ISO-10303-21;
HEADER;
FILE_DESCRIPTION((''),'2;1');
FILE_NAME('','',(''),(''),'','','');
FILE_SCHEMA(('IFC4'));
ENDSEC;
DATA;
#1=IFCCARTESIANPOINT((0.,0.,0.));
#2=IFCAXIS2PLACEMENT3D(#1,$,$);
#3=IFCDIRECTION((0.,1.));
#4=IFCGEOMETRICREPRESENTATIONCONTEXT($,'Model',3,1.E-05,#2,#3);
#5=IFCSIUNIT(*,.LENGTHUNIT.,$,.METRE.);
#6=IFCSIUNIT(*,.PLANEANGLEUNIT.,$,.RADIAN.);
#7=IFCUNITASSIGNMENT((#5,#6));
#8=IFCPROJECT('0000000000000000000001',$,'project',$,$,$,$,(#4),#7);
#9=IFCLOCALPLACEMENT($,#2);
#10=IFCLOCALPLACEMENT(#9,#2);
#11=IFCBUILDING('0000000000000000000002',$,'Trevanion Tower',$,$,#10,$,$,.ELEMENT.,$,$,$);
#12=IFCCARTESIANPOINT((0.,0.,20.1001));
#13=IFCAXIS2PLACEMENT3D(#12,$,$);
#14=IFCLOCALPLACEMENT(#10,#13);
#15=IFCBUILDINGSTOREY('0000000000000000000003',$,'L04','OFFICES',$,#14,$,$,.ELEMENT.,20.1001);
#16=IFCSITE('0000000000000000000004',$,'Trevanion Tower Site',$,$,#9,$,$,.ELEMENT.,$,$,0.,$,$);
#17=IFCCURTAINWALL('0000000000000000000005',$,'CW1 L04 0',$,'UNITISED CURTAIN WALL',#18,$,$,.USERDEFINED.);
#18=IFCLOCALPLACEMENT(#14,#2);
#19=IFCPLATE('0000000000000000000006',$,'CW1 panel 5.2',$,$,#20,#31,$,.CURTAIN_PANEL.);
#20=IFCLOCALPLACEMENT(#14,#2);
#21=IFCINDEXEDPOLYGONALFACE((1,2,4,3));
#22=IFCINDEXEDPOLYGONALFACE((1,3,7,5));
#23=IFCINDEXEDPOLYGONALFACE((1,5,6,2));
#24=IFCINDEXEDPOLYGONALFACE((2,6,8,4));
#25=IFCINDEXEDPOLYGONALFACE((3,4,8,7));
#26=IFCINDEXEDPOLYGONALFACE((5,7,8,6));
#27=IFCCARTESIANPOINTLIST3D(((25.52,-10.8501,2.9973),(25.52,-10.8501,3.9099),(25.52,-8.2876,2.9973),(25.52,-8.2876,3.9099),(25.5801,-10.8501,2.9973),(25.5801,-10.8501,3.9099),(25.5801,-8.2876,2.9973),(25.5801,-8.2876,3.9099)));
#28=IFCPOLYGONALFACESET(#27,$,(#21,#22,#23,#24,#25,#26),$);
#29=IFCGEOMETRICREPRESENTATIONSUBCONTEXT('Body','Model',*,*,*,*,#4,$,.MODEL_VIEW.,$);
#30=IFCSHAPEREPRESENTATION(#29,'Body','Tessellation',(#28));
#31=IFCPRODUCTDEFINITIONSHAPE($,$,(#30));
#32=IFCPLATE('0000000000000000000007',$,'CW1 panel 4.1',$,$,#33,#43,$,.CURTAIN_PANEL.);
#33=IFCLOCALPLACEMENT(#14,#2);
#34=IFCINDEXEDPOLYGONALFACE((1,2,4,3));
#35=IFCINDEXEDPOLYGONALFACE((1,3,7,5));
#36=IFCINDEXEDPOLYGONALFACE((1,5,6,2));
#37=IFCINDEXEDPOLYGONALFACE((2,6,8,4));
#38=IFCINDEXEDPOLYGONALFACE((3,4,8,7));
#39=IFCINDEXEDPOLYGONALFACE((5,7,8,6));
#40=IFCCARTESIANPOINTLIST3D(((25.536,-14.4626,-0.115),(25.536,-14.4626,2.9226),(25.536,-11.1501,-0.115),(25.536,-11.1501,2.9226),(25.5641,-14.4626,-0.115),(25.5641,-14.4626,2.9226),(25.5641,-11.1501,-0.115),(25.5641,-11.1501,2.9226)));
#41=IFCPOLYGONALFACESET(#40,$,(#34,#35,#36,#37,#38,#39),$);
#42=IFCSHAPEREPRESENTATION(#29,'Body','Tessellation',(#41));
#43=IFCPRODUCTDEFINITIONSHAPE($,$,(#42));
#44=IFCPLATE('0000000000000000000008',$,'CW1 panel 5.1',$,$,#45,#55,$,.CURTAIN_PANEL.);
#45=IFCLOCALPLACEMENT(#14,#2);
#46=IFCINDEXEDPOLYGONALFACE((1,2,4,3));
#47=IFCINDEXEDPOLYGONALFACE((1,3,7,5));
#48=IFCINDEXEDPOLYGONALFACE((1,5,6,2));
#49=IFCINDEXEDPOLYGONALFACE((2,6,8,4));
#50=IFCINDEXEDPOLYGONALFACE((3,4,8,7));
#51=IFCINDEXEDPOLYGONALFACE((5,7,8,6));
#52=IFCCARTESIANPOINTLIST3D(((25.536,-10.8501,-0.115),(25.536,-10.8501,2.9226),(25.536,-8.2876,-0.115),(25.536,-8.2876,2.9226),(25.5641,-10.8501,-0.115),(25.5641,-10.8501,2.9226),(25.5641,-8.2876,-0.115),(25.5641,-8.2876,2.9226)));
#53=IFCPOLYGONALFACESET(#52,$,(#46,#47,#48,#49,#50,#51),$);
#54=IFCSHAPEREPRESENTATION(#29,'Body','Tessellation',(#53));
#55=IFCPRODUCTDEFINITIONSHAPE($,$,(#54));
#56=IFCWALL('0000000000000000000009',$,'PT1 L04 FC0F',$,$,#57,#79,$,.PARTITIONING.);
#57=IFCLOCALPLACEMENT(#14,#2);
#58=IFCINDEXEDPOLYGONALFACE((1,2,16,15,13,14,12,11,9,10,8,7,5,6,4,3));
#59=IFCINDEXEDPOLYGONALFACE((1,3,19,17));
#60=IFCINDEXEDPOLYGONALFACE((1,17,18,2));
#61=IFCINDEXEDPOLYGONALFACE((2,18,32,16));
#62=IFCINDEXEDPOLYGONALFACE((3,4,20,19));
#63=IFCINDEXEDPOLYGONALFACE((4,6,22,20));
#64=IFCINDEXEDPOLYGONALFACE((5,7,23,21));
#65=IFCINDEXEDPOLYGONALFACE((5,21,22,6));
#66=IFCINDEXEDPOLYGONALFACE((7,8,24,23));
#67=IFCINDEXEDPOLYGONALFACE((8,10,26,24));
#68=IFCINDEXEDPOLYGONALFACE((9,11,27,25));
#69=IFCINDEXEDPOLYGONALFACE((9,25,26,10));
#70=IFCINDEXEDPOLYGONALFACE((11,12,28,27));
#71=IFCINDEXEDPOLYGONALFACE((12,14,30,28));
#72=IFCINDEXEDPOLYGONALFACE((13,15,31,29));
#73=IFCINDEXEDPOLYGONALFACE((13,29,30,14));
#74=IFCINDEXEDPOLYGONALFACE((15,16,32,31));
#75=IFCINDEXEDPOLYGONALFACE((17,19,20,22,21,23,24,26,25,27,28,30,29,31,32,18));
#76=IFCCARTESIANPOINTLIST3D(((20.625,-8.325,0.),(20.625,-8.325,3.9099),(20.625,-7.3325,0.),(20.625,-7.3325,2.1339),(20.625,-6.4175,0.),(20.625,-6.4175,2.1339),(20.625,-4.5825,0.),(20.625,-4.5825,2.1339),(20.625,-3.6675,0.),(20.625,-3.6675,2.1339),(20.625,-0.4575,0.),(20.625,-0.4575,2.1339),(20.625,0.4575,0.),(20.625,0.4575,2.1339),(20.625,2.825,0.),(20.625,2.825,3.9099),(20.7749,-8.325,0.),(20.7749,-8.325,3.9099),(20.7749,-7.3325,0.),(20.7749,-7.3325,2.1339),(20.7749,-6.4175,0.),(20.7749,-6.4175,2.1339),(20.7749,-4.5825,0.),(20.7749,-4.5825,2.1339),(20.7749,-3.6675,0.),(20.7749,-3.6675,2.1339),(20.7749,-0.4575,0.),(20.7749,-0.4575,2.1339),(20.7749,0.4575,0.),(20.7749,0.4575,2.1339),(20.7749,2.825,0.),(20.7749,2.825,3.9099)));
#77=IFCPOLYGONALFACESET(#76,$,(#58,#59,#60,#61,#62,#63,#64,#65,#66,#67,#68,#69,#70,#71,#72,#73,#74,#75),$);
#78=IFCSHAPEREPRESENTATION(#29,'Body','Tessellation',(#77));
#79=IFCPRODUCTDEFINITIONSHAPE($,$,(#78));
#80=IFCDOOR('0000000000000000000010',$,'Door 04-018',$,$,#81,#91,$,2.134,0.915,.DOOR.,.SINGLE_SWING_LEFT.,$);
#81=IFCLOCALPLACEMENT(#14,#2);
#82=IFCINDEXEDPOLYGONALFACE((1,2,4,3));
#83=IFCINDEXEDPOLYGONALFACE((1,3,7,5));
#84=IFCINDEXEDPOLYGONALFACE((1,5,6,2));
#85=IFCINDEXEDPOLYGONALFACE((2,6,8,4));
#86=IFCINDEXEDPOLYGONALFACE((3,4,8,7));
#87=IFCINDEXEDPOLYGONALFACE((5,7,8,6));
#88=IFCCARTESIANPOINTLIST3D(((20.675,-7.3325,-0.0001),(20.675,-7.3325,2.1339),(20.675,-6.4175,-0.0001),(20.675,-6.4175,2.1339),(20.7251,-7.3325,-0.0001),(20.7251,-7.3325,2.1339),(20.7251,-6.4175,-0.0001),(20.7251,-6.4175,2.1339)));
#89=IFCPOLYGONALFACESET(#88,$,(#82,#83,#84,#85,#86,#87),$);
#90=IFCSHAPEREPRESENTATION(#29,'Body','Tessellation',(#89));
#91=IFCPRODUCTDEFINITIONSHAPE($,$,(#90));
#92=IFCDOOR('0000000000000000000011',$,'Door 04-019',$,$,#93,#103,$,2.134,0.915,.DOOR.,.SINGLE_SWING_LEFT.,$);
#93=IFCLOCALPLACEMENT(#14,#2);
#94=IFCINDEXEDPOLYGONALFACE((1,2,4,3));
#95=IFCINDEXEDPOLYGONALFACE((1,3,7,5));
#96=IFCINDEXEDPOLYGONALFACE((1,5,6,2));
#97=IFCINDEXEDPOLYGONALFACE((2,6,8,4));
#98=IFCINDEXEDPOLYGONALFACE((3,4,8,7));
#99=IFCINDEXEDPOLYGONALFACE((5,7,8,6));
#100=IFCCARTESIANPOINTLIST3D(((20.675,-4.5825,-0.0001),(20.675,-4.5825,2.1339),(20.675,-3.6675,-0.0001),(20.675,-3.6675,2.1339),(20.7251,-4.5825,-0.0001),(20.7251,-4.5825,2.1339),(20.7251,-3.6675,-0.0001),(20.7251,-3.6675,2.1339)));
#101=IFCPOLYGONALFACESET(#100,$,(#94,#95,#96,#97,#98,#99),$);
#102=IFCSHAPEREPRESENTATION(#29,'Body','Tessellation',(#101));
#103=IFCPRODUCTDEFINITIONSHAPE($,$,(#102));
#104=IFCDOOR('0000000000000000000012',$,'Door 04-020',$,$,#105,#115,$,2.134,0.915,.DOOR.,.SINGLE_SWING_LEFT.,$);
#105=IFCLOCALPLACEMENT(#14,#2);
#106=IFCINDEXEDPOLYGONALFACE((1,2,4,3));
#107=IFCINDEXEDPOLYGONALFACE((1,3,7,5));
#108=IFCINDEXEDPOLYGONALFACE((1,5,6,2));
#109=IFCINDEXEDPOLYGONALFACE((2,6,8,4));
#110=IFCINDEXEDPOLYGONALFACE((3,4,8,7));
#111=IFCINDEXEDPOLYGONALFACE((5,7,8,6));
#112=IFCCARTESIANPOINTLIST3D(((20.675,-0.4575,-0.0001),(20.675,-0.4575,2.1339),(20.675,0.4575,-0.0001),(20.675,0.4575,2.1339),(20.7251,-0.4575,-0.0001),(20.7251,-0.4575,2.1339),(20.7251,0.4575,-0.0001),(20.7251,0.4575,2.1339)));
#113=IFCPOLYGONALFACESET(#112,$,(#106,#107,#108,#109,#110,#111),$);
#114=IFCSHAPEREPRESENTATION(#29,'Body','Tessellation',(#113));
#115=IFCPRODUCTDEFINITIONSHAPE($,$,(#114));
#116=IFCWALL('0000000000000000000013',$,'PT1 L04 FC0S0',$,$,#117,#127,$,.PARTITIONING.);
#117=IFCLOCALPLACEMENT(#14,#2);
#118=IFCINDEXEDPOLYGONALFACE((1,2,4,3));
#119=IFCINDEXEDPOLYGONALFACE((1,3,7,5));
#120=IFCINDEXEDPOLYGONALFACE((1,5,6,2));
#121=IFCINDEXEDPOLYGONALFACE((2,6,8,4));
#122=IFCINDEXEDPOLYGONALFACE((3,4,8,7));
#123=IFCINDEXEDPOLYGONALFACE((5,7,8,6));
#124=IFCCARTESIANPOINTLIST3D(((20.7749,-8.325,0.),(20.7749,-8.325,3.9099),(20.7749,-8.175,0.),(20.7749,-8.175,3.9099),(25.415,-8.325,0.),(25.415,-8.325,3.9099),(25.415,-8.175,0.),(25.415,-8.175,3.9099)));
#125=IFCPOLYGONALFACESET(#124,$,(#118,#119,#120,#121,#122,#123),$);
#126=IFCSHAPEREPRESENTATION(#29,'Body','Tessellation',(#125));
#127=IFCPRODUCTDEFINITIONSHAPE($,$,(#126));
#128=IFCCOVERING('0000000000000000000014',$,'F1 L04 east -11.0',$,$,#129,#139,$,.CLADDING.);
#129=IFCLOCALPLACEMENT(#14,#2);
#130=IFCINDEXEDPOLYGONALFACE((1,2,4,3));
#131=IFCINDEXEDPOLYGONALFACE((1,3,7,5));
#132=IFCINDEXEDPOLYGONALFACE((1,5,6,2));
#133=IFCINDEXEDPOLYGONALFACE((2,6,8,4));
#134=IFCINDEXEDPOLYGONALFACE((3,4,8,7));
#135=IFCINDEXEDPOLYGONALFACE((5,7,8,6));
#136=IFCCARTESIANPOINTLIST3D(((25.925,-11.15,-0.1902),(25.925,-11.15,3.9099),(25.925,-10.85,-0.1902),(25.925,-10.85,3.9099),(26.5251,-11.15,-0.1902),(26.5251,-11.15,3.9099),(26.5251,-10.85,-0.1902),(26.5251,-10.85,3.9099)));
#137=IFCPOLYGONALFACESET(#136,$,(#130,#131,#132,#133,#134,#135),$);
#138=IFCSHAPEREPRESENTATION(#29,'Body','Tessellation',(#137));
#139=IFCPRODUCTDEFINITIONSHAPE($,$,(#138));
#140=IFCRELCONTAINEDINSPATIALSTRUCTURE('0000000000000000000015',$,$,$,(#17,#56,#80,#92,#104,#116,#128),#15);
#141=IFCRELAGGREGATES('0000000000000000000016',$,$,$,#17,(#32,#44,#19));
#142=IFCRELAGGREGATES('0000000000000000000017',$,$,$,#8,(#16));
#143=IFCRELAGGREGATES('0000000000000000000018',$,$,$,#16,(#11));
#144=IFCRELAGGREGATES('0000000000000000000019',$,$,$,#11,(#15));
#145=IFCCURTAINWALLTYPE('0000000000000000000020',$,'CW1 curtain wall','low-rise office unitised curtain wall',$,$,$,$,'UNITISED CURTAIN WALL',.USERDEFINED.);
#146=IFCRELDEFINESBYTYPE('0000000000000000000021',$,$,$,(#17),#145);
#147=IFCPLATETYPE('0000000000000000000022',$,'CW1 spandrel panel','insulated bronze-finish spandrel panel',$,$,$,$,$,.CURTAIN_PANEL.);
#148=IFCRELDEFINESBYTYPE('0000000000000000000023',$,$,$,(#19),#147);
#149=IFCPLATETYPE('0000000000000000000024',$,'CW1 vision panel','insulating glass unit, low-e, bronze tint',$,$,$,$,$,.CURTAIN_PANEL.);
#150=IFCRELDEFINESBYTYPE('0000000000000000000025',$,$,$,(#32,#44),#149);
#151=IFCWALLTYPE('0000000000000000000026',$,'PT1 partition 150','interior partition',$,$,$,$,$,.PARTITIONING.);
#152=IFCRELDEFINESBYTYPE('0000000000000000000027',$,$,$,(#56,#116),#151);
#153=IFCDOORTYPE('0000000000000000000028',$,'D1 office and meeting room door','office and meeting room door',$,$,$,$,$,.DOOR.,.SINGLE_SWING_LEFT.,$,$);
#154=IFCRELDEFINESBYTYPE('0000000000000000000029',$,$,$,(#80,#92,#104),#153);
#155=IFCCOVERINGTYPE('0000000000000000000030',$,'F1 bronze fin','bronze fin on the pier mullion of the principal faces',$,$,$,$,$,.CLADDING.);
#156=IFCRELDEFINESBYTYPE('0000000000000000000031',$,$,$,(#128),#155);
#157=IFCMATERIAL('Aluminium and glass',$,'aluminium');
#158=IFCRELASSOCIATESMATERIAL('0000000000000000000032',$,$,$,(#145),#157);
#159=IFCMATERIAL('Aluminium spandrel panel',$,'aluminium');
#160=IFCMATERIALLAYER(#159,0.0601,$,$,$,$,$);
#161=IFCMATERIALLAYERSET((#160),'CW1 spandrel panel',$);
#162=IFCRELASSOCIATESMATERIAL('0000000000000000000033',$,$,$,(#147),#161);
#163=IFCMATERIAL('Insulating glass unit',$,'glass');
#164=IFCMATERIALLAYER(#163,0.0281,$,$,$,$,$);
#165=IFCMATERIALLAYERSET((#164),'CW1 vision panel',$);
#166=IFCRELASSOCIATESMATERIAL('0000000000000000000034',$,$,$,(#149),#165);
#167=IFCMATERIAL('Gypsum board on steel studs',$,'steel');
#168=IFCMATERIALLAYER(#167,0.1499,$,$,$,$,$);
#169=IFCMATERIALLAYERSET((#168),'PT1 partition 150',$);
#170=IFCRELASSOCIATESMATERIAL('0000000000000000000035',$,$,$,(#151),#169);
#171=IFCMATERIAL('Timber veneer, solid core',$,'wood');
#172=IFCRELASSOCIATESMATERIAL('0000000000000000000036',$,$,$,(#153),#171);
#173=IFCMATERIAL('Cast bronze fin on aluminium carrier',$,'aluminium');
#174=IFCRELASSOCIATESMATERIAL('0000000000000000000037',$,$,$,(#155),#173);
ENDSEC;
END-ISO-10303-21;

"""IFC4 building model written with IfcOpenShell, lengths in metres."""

from ifc_helpers import new_model, si_unit, direction, frame, frame_2d, origin, origin_2d, place, context, subcontext, project, spatial, rectangle, extrude, material, layer, layer_set, type_object, element, fill, aggregate, save


model = new_model("IFC4")

# Units and contexts
model_context = context("Model", 3, precision=1e-05, world=origin(), true_north=direction((0.0, 1.0)))
body_context = subcontext(model_context, "Body", "Model", "MODEL_VIEW")
ifc_project = project(units=[si_unit("LENGTHUNIT", "METRE"), si_unit("PLANEANGLEUNIT", "RADIAN")], contexts=[model_context])

# Site, building, storey
site_placement = place(None, origin())
site = spatial("IfcSite", under=ifc_project, at=site_placement, Name="Trevanion Tower Site", CompositionType="ELEMENT", RefElevation=0.0)
building_placement = place(site_placement, origin())
building = spatial("IfcBuilding", under=site, at=building_placement, Name="Trevanion Tower", CompositionType="ELEMENT")
storey_placement = place(building_placement, frame((0.0, 0.0, 20.1001)))
storey = spatial("IfcBuildingStorey", under=building, at=storey_placement, Name="L04", Description="OFFICES", CompositionType="ELEMENT", Elevation=20.1001)

# Curtain wall
ifc_material_1 = material(Name="Aluminium and glass", Category="aluminium")
curtain_wall_type = type_object("IfcCurtainWallType", Name="CW1 curtain wall", Description="low-rise office unitised curtain wall", ElementType="UNITISED CURTAIN WALL", PredefinedType="USERDEFINED", material=ifc_material_1)
curtain_wall_placement = place(storey_placement, origin())
curtain_wall = element("IfcCurtainWall", 1, at=curtain_wall_placement, inside=storey, type_object=curtain_wall_type, Name="CW1 L04 0", ObjectType="UNITISED CURTAIN WALL", PredefinedType="USERDEFINED")

# Plates
ifc_material_2 = material(Name="Aluminium spandrel panel", Category="aluminium")
ifc_layer_1 = layer(ifc_material_2, 0.0601)
ifc_layer_set_1 = layer_set([ifc_layer_1], Name="CW1 spandrel panel")
plate_type_1 = type_object("IfcPlateType", Name="CW1 spandrel panel", Description="insulated bronze-finish spandrel panel", PredefinedType="CURTAIN_PANEL", material=ifc_layer_set_1)
plate_1_placement = place(storey_placement, frame((25.55, -9.5688, 2.9973), z_axis=(0.0, 0.0, 1.0), x_axis=(0.0, 1.0, 0.0)))
plate_1 = element("IfcPlate", 2, at=plate_1_placement, type_object=plate_type_1, Name="CW1 panel 5.2", PredefinedType="CURTAIN_PANEL", context=body_context, shape_type="SweptSolid", body=[
    extrude(rectangle(XDim=2.5625, YDim=0.0601, at=origin_2d()), origin(), (0.0, 0.0, 1.0), 0.9126),
])
ifc_material_3 = material(Name="Insulating glass unit", Category="glass")
ifc_layer_2 = layer(ifc_material_3, 0.0281)
ifc_layer_set_2 = layer_set([ifc_layer_2], Name="CW1 vision panel")
plate_type_2 = type_object("IfcPlateType", Name="CW1 vision panel", Description="insulating glass unit, low-e, bronze tint", PredefinedType="CURTAIN_PANEL", material=ifc_layer_set_2)
plate_2_placement = place(storey_placement, frame((25.55, -12.8064, -0.115), z_axis=(0.0, 0.0, 1.0), x_axis=(0.0, 1.0, 0.0)))
plate_2 = element("IfcPlate", 3, at=plate_2_placement, type_object=plate_type_2, Name="CW1 panel 4.1", PredefinedType="CURTAIN_PANEL", context=body_context, shape_type="SweptSolid", body=[
    extrude(rectangle(XDim=3.3125, YDim=0.0281, at=origin_2d()), origin(), (0.0, 0.0, 1.0), 3.0376),
])
plate_3_placement = place(storey_placement, frame((25.55, -9.5688, -0.115), z_axis=(0.0, 0.0, 1.0), x_axis=(0.0, 1.0, 0.0)))
plate_3 = element("IfcPlate", 4, at=plate_3_placement, type_object=plate_type_2, Name="CW1 panel 5.1", PredefinedType="CURTAIN_PANEL", context=body_context, shape_type="SweptSolid", body=[
    extrude(rectangle(XDim=2.5625, YDim=0.0281, at=origin_2d()), origin(), (0.0, 0.0, 1.0), 3.0376),
])
aggregate(curtain_wall, [plate_2, plate_3, plate_1])

# Wall, openings, doors
ifc_material_4 = material(Name="Gypsum board on steel studs", Category="steel")
ifc_layer_3 = layer(ifc_material_4, 0.1499)
ifc_layer_set_3 = layer_set([ifc_layer_3], Name="PT1 partition 150")
wall_type = type_object("IfcWallType", Name="PT1 partition 150", Description="interior partition", PredefinedType="PARTITIONING", material=ifc_layer_set_3)
wall_1_placement = place(storey_placement, frame((20.7, -8.325, 0.0), z_axis=(0.0, 0.0, 1.0), x_axis=(0.0, 1.0, 0.0)))
wall_1 = element("IfcWall", 5, at=wall_1_placement, inside=storey, type_object=wall_type, Name="PT1 L04 FC0F", PredefinedType="PARTITIONING", context=body_context, shape_type="SweptSolid", body=[
    extrude(rectangle(XDim=11.1499, YDim=0.1499, at=frame_2d((5.575, 0.0))), origin(), (0.0, 0.0, 1.0), 3.9099),
])
opening_1_placement = place(wall_1_placement, frame((0.9924, 0.0, 0.0)))
opening_1 = element("IfcOpeningElement", 6, at=opening_1_placement, cuts=wall_1, PredefinedType="OPENING", context=body_context, shape_type="SweptSolid", body=[
    extrude(rectangle(XDim=0.915, YDim=2.134, at=frame_2d((0.4575, 1.0669))), frame((0.0, 0.085, 0.0), z_axis=(0.0, -1.0, 0.0), x_axis=(1.0, 0.0, 0.0)), (0.0, 0.0, 1.0), 0.1699),
])
opening_2_placement = place(wall_1_placement, frame((3.7424, 0.0, 0.0)))
opening_2 = element("IfcOpeningElement", 7, at=opening_2_placement, cuts=wall_1, PredefinedType="OPENING", context=body_context, shape_type="SweptSolid", body=[
    extrude(rectangle(XDim=0.915, YDim=2.134, at=frame_2d((0.4575, 1.0669))), frame((0.0, 0.085, 0.0), z_axis=(0.0, -1.0, 0.0), x_axis=(1.0, 0.0, 0.0)), (0.0, 0.0, 1.0), 0.1699),
])
opening_3_placement = place(wall_1_placement, frame((7.8674, 0.0, 0.0)))
opening_3 = element("IfcOpeningElement", 8, at=opening_3_placement, cuts=wall_1, PredefinedType="OPENING", context=body_context, shape_type="SweptSolid", body=[
    extrude(rectangle(XDim=0.915, YDim=2.134, at=frame_2d((0.4575, 1.0669))), frame((0.0, 0.085, 0.0), z_axis=(0.0, -1.0, 0.0), x_axis=(1.0, 0.0, 0.0)), (0.0, 0.0, 1.0), 0.1699),
])
ifc_material_5 = material(Name="Timber veneer, solid core", Category="wood")
door_type = type_object("IfcDoorType", Name="D1 office and meeting room door", Description="office and meeting room door", OperationType="SINGLE_SWING_LEFT", PredefinedType="DOOR", material=ifc_material_5)
door_1_placement = place(opening_1_placement, origin())
door_1 = element("IfcDoor", 9, at=door_1_placement, inside=storey, type_object=door_type, Name="Door 04-018", OperationType="SINGLE_SWING_LEFT", OverallHeight=2.134, OverallWidth=0.915, PredefinedType="DOOR", context=body_context, shape_type="SweptSolid", body=[
    extrude(rectangle(XDim=0.915, YDim=2.134, at=frame_2d((0.4575, 1.0669))), frame((0.0, 0.0249, 0.0), z_axis=(0.0, -1.0, 0.0), x_axis=(1.0, 0.0, 0.0)), (0.0, 0.0, 1.0), 0.05),
])
fill(opening_1, door_1)
door_2_placement = place(opening_2_placement, origin())
door_2 = element("IfcDoor", 10, at=door_2_placement, inside=storey, type_object=door_type, Name="Door 04-019", OperationType="SINGLE_SWING_LEFT", OverallHeight=2.134, OverallWidth=0.915, PredefinedType="DOOR", context=body_context, shape_type="SweptSolid", body=[
    extrude(rectangle(XDim=0.915, YDim=2.134, at=frame_2d((0.4575, 1.0669))), frame((0.0, 0.0249, 0.0), z_axis=(0.0, -1.0, 0.0), x_axis=(1.0, 0.0, 0.0)), (0.0, 0.0, 1.0), 0.05),
])
fill(opening_2, door_2)
door_3_placement = place(opening_3_placement, origin())
door_3 = element("IfcDoor", 11, at=door_3_placement, inside=storey, type_object=door_type, Name="Door 04-020", OperationType="SINGLE_SWING_LEFT", OverallHeight=2.134, OverallWidth=0.915, PredefinedType="DOOR", context=body_context, shape_type="SweptSolid", body=[
    extrude(rectangle(XDim=0.915, YDim=2.134, at=frame_2d((0.4575, 1.0669))), frame((0.0, 0.0249, 0.0), z_axis=(0.0, -1.0, 0.0), x_axis=(1.0, 0.0, 0.0)), (0.0, 0.0, 1.0), 0.05),
])
fill(opening_3, door_3)

# Wall
wall_2_placement = place(storey_placement, frame((20.7749, -8.25, 0.0), z_axis=(0.0, 0.0, 1.0), x_axis=(1.0, 0.0, 0.0)))
element("IfcWall", 12, at=wall_2_placement, inside=storey, type_object=wall_type, Name="PT1 L04 FC0S0", PredefinedType="PARTITIONING", context=body_context, shape_type="SweptSolid", body=[
    extrude(rectangle(XDim=4.6401, YDim=0.1499, at=frame_2d((2.3201, 0.0))), origin(), (0.0, 0.0, 1.0), 3.9099),
])

# Covering
ifc_material_6 = material(Name="Cast bronze fin on aluminium carrier", Category="aluminium")
covering_type = type_object("IfcCoveringType", Name="F1 bronze fin", Description="bronze fin on the pier mullion of the principal faces", PredefinedType="CLADDING", material=ifc_material_6)
covering_placement = place(storey_placement, frame((26.2251, -11.0, -0.1902), z_axis=(0.0, 0.0, 1.0), x_axis=(0.0, 1.0, 0.0)))
element("IfcCovering", 13, at=covering_placement, inside=storey, type_object=covering_type, Name="F1 L04 east -11.0", PredefinedType="CLADDING", context=body_context, shape_type="SweptSolid", body=[
    extrude(rectangle(XDim=0.3, YDim=0.6001, at=origin_2d()), origin(), (0.0, 0.0, 1.0), 4.1001),
])

save(model, "model.ifc")
